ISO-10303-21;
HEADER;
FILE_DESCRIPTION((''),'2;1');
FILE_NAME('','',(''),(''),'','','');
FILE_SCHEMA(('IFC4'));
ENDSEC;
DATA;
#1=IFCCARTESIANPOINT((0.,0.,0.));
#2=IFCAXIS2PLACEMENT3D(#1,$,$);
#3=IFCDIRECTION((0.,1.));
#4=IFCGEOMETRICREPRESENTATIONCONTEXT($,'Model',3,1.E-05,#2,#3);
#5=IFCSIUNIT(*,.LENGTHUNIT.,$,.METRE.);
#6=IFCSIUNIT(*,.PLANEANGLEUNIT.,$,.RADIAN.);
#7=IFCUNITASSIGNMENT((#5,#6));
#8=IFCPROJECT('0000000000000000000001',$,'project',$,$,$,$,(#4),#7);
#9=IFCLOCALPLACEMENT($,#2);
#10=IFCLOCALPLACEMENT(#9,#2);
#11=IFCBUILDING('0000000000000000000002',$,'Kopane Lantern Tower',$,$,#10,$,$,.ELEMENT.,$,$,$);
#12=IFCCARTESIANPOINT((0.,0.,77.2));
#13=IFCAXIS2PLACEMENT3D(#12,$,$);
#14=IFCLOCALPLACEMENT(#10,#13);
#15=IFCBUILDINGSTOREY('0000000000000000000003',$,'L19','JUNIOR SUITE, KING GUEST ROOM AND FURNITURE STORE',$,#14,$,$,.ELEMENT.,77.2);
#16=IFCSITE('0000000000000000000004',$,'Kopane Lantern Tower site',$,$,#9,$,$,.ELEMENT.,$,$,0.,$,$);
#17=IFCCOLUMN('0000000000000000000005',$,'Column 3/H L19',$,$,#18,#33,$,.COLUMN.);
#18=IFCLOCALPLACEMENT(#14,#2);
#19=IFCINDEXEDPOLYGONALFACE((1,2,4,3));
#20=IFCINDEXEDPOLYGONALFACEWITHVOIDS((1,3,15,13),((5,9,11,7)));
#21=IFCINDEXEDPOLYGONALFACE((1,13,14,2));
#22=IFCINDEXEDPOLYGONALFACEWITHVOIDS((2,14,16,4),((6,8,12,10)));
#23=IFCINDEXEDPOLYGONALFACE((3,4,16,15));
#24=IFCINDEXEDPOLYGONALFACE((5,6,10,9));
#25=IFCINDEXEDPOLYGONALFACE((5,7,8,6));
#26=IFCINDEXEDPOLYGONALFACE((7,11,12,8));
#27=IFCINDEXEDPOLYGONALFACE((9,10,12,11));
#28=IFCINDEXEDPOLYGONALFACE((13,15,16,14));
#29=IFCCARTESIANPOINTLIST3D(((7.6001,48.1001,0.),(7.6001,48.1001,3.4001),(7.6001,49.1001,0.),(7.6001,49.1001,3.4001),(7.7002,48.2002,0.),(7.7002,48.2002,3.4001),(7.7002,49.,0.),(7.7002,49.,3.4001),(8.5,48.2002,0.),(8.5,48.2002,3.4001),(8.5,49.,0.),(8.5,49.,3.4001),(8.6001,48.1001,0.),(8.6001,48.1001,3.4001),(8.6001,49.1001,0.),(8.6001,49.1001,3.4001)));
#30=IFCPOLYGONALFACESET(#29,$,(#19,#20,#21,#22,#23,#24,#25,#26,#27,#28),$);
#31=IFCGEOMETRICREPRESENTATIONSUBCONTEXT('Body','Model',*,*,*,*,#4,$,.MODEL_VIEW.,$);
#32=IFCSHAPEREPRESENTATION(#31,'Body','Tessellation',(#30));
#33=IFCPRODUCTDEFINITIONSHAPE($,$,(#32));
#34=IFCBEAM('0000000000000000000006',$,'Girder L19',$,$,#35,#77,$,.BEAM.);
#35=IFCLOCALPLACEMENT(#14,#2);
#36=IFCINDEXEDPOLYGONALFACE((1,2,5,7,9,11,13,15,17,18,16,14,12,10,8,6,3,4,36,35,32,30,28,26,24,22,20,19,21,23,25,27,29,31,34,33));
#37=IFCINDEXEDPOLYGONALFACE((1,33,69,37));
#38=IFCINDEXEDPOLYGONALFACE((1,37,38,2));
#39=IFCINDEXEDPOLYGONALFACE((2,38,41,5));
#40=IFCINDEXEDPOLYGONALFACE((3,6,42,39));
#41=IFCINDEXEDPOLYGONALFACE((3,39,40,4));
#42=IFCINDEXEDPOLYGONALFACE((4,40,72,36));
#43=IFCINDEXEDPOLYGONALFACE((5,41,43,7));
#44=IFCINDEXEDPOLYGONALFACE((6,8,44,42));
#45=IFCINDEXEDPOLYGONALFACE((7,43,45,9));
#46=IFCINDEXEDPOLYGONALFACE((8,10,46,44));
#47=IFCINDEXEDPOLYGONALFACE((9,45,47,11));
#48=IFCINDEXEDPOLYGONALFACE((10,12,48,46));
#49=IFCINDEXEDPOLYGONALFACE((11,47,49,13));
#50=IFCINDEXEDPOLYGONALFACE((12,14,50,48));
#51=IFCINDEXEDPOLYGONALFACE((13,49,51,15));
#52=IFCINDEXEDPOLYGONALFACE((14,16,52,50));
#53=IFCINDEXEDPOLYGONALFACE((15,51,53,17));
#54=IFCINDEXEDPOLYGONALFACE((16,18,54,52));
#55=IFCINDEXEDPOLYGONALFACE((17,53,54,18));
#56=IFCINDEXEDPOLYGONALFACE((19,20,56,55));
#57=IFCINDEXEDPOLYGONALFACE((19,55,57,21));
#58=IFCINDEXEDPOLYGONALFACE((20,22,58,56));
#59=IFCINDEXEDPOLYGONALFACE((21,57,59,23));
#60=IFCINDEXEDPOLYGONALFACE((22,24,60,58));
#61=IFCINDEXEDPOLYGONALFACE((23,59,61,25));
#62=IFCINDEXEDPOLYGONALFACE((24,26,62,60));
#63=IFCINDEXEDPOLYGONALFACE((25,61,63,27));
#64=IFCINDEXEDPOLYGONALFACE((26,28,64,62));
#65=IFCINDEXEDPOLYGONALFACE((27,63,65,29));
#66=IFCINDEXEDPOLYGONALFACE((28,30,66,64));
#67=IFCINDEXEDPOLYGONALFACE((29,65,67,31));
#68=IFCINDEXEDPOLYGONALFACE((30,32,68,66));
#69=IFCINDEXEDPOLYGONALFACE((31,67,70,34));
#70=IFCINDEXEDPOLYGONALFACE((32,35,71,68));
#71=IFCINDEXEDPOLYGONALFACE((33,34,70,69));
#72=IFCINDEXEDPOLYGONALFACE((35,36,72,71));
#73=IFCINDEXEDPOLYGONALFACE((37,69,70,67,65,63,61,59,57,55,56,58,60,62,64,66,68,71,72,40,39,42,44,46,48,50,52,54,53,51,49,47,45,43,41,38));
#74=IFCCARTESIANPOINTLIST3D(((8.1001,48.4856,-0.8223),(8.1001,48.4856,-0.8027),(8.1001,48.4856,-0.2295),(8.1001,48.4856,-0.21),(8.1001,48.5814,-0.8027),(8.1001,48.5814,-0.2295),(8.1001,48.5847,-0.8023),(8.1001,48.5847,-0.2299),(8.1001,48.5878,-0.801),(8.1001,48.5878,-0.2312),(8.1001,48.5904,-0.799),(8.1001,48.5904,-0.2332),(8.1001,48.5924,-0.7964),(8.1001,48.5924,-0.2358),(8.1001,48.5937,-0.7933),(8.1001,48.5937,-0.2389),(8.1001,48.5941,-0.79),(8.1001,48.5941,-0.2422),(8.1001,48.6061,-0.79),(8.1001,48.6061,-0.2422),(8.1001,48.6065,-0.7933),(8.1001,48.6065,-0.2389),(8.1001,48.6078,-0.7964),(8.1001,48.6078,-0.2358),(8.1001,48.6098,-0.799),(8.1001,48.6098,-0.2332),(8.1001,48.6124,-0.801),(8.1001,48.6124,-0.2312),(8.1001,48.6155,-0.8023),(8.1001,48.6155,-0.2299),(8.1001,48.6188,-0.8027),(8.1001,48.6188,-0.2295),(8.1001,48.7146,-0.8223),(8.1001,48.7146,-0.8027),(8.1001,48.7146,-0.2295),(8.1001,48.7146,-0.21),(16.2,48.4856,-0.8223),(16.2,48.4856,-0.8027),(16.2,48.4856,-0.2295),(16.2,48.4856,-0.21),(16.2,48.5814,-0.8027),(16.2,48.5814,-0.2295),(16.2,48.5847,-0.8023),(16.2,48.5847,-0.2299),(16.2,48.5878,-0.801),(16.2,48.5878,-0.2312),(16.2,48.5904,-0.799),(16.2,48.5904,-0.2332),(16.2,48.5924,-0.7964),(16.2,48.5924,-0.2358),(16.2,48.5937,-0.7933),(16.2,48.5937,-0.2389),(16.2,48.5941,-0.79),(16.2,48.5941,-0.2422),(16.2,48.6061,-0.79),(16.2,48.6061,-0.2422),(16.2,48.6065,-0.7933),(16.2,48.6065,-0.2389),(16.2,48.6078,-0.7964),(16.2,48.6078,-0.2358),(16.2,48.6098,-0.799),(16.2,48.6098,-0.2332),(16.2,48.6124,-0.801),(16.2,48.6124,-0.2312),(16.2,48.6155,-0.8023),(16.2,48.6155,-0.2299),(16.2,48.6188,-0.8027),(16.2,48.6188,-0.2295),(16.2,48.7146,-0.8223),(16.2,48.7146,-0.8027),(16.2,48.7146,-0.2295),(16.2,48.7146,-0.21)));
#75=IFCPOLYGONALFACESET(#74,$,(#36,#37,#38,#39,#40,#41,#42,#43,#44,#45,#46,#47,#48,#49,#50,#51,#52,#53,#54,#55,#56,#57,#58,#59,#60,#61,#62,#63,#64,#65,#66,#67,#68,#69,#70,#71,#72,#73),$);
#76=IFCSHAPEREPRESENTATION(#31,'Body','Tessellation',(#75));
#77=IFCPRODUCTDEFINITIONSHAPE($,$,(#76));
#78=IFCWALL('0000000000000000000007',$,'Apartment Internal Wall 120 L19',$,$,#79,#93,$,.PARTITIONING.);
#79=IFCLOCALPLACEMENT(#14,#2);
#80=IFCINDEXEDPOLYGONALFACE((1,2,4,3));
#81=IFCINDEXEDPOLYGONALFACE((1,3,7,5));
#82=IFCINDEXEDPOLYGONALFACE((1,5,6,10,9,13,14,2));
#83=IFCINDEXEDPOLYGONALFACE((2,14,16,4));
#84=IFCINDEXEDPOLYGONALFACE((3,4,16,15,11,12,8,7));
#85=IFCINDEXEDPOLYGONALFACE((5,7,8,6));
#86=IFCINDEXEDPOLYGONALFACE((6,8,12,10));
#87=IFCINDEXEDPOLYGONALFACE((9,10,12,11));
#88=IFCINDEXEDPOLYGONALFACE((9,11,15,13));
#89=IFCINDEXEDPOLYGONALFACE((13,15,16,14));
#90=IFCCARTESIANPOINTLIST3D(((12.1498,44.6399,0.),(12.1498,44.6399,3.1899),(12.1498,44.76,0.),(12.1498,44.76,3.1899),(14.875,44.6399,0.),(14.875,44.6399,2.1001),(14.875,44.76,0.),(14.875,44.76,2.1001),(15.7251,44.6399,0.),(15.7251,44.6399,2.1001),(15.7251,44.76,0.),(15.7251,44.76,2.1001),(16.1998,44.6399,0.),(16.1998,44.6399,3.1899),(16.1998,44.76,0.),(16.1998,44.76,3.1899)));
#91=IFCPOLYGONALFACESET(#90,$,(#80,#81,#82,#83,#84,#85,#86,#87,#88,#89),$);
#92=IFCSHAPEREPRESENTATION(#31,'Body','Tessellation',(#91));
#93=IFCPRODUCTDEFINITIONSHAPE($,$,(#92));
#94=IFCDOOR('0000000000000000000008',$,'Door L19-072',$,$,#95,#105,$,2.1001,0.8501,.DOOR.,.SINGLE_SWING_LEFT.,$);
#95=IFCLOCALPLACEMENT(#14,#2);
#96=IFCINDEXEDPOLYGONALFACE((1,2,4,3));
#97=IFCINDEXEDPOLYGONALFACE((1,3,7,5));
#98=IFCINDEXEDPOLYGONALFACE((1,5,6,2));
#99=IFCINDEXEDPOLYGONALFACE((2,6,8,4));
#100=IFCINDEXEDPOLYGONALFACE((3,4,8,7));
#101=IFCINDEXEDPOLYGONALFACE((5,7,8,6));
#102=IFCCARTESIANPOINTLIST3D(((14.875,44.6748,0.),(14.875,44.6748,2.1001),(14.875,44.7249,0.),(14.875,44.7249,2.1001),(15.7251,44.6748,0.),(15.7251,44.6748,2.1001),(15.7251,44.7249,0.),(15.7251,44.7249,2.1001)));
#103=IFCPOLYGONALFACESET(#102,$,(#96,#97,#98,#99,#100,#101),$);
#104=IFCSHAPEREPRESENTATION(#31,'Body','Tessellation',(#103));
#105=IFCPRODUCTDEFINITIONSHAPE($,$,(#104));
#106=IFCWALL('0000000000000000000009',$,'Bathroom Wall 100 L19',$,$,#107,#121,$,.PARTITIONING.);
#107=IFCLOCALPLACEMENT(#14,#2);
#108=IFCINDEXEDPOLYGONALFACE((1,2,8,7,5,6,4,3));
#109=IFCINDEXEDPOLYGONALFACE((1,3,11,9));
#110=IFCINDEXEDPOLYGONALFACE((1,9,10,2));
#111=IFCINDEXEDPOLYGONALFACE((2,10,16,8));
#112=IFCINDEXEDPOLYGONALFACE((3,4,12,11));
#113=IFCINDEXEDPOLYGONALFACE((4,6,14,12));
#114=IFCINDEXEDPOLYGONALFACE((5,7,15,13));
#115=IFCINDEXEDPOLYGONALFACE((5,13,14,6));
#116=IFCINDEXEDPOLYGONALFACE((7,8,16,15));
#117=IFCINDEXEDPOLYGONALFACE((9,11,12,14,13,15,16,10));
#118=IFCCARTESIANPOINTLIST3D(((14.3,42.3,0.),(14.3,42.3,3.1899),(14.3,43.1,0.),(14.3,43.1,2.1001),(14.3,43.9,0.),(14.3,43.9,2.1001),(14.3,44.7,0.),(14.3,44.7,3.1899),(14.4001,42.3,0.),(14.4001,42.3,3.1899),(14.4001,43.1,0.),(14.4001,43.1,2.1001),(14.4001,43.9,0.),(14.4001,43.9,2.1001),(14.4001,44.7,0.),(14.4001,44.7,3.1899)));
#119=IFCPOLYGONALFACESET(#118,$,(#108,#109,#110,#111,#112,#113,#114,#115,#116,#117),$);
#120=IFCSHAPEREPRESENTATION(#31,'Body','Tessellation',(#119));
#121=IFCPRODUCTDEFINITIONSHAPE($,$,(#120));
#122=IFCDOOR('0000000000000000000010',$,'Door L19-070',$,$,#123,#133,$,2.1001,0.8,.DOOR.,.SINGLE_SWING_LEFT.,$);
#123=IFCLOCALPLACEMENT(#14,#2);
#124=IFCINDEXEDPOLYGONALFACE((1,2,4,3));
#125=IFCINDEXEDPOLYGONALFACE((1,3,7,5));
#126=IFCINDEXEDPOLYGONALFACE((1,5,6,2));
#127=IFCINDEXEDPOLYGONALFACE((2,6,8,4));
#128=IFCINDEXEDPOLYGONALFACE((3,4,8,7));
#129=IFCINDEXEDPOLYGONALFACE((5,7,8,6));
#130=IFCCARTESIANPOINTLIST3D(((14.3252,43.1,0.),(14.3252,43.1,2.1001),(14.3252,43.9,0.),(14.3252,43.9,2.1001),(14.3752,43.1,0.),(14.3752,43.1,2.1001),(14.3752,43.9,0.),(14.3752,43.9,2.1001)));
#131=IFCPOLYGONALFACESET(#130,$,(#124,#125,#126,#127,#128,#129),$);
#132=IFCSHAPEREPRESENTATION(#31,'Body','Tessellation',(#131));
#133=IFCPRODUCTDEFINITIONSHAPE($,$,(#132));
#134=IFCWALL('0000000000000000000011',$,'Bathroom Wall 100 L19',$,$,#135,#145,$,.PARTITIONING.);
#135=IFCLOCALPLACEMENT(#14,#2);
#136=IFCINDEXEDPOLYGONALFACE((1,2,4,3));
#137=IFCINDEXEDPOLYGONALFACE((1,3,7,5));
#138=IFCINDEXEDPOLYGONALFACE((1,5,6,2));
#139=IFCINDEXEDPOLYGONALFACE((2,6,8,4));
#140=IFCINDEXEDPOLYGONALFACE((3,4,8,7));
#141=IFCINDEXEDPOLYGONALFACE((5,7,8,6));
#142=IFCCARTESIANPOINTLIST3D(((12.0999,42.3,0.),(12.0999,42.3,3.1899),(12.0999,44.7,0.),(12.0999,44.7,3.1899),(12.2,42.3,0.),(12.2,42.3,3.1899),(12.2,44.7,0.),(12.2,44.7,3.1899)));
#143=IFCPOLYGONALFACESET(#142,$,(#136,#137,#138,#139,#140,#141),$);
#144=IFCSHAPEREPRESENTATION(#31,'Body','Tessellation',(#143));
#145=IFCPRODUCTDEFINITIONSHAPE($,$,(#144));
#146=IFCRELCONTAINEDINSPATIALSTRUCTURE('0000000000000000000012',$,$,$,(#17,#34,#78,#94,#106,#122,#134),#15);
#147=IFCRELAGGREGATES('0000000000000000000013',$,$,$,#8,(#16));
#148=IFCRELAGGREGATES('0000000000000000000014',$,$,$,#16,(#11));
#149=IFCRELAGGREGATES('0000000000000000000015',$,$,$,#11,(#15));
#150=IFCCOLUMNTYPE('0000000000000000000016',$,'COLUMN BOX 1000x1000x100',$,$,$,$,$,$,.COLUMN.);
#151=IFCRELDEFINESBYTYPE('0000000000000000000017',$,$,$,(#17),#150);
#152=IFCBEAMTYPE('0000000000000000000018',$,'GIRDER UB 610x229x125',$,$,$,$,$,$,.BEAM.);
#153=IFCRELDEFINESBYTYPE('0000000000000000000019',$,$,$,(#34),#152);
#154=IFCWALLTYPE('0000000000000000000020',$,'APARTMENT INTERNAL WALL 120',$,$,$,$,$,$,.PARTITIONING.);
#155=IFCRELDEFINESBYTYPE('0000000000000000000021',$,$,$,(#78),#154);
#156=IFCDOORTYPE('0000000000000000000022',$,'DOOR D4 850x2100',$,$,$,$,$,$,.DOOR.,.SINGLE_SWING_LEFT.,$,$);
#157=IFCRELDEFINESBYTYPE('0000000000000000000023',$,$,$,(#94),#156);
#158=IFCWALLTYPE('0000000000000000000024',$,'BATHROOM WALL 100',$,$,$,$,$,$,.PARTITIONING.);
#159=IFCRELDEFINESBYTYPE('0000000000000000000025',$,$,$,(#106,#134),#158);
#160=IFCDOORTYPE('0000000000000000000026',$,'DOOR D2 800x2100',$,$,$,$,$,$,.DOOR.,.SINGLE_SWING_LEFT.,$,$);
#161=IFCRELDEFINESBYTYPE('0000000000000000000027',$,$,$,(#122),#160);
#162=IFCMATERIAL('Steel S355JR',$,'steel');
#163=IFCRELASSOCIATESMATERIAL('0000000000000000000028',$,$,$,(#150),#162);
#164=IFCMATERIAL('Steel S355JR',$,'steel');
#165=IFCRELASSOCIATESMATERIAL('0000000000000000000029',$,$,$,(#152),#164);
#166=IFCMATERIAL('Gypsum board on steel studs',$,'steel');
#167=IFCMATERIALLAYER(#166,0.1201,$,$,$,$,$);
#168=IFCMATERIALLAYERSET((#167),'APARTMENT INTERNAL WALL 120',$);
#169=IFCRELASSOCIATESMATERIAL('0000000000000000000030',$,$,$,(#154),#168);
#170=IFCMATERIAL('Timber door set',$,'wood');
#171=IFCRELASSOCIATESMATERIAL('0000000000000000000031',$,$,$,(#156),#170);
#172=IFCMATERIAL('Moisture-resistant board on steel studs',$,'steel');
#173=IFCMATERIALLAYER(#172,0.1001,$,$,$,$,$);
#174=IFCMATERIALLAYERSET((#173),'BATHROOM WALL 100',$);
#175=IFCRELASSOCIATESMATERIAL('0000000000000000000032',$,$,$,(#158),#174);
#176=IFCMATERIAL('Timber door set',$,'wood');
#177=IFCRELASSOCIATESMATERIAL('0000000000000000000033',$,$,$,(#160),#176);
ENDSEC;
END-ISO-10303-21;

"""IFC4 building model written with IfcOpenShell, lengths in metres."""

from ifc_helpers import new_model, si_unit, direction, frame, frame_2d, origin, origin_2d, place, context, subcontext, project, spatial, rectangle, hollow_rectangle, i_section, extrude, material, layer, layer_set, material_profile, profile_set, type_object, element, fill, save


model = new_model("IFC4")

# Units and contexts
model_context = context("Model", 3, precision=1e-05, world=origin(), true_north=direction((0.0, 1.0)))
body_context = subcontext(model_context, "Body", "Model", "MODEL_VIEW")
ifc_project = project(units=[si_unit("LENGTHUNIT", "METRE"), si_unit("PLANEANGLEUNIT", "RADIAN")], contexts=[model_context])

# Site, building, storey
site_placement = place(None, origin())
site = spatial("IfcSite", under=ifc_project, at=site_placement, Name="Kopane Lantern Tower site", CompositionType="ELEMENT", RefElevation=0.0)
building_placement = place(site_placement, origin())
building = spatial("IfcBuilding", under=site, at=building_placement, Name="Kopane Lantern Tower", CompositionType="ELEMENT")
storey_placement = place(building_placement, frame((0.0, 0.0, 77.2)))
storey = spatial("IfcBuildingStorey", under=building, at=storey_placement, Name="L19", Description="JUNIOR SUITE, KING GUEST ROOM AND FURNITURE STORE", CompositionType="ELEMENT", Elevation=77.2)

# Column
ifc_material_1 = material(Name="Steel S355JR", Category="steel")
ifc_material_profile_1 = material_profile(ifc_material_1, hollow_rectangle(XDim=1.0, YDim=1.0, WallThickness=0.1001, at=origin_2d()), Name="BOX 1000x1000x100")
ifc_profile_set_1 = profile_set([ifc_material_profile_1], Name="Steel S355JR")
column_type = type_object("IfcColumnType", Name="COLUMN BOX 1000x1000x100", PredefinedType="COLUMN", material=ifc_profile_set_1)
column_placement = place(storey_placement, frame((8.1001, 48.6001, 0.0), z_axis=(0.0, 0.0, 1.0), x_axis=(1.0, 0.0, 0.0)))
element("IfcColumn", 1, at=column_placement, inside=storey, type_object=column_type, Name="Column 3/H L19", PredefinedType="COLUMN", context=body_context, shape_type="SweptSolid", body=[
    extrude(hollow_rectangle(XDim=1.0, YDim=1.0, WallThickness=0.1001, at=origin_2d()), origin(), (0.0, 0.0, 1.0), 3.4001),
])

# Beam
ifc_material_2 = material(Name="Steel S355JR", Category="steel")
ifc_material_profile_2 = material_profile(ifc_material_2, i_section(OverallWidth=0.229, OverallDepth=0.6123, WebThickness=0.012, FlangeThickness=0.0195, FilletRadius=0.0127, at=origin_2d()), Name="UB 610x229x125")
ifc_profile_set_2 = profile_set([ifc_material_profile_2], Name="Steel S355JR")
beam_type = type_object("IfcBeamType", Name="GIRDER UB 610x229x125", PredefinedType="BEAM", material=ifc_profile_set_2)
beam_placement = place(storey_placement, frame((8.1001, 48.6001, -0.5161), z_axis=(1.0, 0.0, 0.0), x_axis=(0.0, 1.0, 0.0)))
element("IfcBeam", 2, at=beam_placement, inside=storey, type_object=beam_type, Name="Girder L19", PredefinedType="BEAM", context=body_context, shape_type="SweptSolid", body=[
    extrude(i_section(OverallWidth=0.229, OverallDepth=0.6123, WebThickness=0.012, FlangeThickness=0.0195, FilletRadius=0.0127, at=origin_2d()), origin(), (0.0, 0.0, 1.0), 8.0999),
])

# Walls, openings, doors
ifc_material_3 = material(Name="Gypsum board on steel studs", Category="steel")
ifc_layer_1 = layer(ifc_material_3, 0.1201)
ifc_layer_set_1 = layer_set([ifc_layer_1], Name="APARTMENT INTERNAL WALL 120")
wall_type_1 = type_object("IfcWallType", Name="APARTMENT INTERNAL WALL 120", PredefinedType="PARTITIONING", material=ifc_layer_set_1)
wall_1_placement = place(storey_placement, frame((12.1499, 44.7, 0.0), z_axis=(0.0, 0.0, 1.0), x_axis=(1.0, 0.0, 0.0)))
wall_1 = element("IfcWall", 3, at=wall_1_placement, inside=storey, type_object=wall_type_1, Name="Apartment Internal Wall 120 L19", PredefinedType="PARTITIONING", context=body_context, shape_type="SweptSolid", body=[
    extrude(rectangle(XDim=4.05, YDim=0.1201, at=frame_2d((2.0249, 0.0))), origin(), (0.0, 0.0, 1.0), 3.1899),
])
opening_1_placement = place(wall_1_placement, frame((2.7251, 0.0, 0.0)))
opening_1 = element("IfcOpeningElement", 4, at=opening_1_placement, cuts=wall_1, PredefinedType="OPENING", context=body_context, shape_type="SweptSolid", body=[
    extrude(rectangle(XDim=0.8501, YDim=2.1001, at=frame_2d((0.425, 1.05))), frame((0.0, 0.0701, 0.0), z_axis=(0.0, -1.0, 0.0), x_axis=(1.0, 0.0, 0.0)), (0.0, 0.0, 1.0), 0.1401),
])
ifc_material_4 = material(Name="Timber door set", Category="wood")
door_type_1 = type_object("IfcDoorType", Name="DOOR D4 850x2100", OperationType="SINGLE_SWING_LEFT", PredefinedType="DOOR", material=ifc_material_4)
door_1_placement = place(opening_1_placement, origin())
door_1 = element("IfcDoor", 5, at=door_1_placement, inside=storey, type_object=door_type_1, Name="Door L19-072", OperationType="SINGLE_SWING_LEFT", OverallHeight=2.1001, OverallWidth=0.8501, PredefinedType="DOOR", context=body_context, shape_type="SweptSolid", body=[
    extrude(rectangle(XDim=0.8501, YDim=2.1001, at=frame_2d((0.425, 1.05))), frame((0.0, 0.0249, 0.0), z_axis=(0.0, -1.0, 0.0), x_axis=(1.0, 0.0, 0.0)), (0.0, 0.0, 1.0), 0.05),
])
fill(opening_1, door_1)
ifc_material_5 = material(Name="Moisture-resistant board on steel studs", Category="steel")
ifc_layer_2 = layer(ifc_material_5, 0.1001)
ifc_layer_set_2 = layer_set([ifc_layer_2], Name="BATHROOM WALL 100")
wall_type_2 = type_object("IfcWallType", Name="BATHROOM WALL 100", PredefinedType="PARTITIONING", material=ifc_layer_set_2)
wall_2_placement = place(storey_placement, frame((14.3501, 42.3, 0.0), z_axis=(0.0, 0.0, 1.0), x_axis=(0.0, 1.0, 0.0)))
wall_2 = element("IfcWall", 6, at=wall_2_placement, inside=storey, type_object=wall_type_2, Name="Bathroom Wall 100 L19", PredefinedType="PARTITIONING", context=body_context, shape_type="SweptSolid", body=[
    extrude(rectangle(XDim=2.3999, YDim=0.1001, at=frame_2d((1.2, 0.0))), origin(), (0.0, 0.0, 1.0), 3.1899),
])
opening_2_placement = place(wall_2_placement, frame((0.8, 0.0, 0.0)))
opening_2 = element("IfcOpeningElement", 7, at=opening_2_placement, cuts=wall_2, PredefinedType="OPENING", context=body_context, shape_type="SweptSolid", body=[
    extrude(rectangle(XDim=0.8, YDim=2.1001, at=frame_2d((0.3999, 1.05))), frame((0.0, 0.0601, 0.0), z_axis=(0.0, -1.0, 0.0), x_axis=(1.0, 0.0, 0.0)), (0.0, 0.0, 1.0), 0.1201),
])
ifc_material_6 = material(Name="Timber door set", Category="wood")
door_type_2 = type_object("IfcDoorType", Name="DOOR D2 800x2100", OperationType="SINGLE_SWING_LEFT", PredefinedType="DOOR", material=ifc_material_6)
door_2_placement = place(opening_2_placement, origin())
door_2 = element("IfcDoor", 8, at=door_2_placement, inside=storey, type_object=door_type_2, Name="Door L19-070", OperationType="SINGLE_SWING_LEFT", OverallHeight=2.1001, OverallWidth=0.8, PredefinedType="DOOR", context=body_context, shape_type="SweptSolid", body=[
    extrude(rectangle(XDim=0.8, YDim=2.1001, at=frame_2d((0.3999, 1.05))), frame((0.0, 0.0249, 0.0), z_axis=(0.0, -1.0, 0.0), x_axis=(1.0, 0.0, 0.0)), (0.0, 0.0, 1.0), 0.05),
])
fill(opening_2, door_2)

# Wall
wall_3_placement = place(storey_placement, frame((12.1499, 42.3, 0.0), z_axis=(0.0, 0.0, 1.0), x_axis=(0.0, 1.0, 0.0)))
element("IfcWall", 9, at=wall_3_placement, inside=storey, type_object=wall_type_2, Name="Bathroom Wall 100 L19", PredefinedType="PARTITIONING", context=body_context, shape_type="SweptSolid", body=[
    extrude(rectangle(XDim=2.3999, YDim=0.1001, at=frame_2d((1.2, 0.0))), origin(), (0.0, 0.0, 1.0), 3.1899),
])

save(model, "model.ifc")
